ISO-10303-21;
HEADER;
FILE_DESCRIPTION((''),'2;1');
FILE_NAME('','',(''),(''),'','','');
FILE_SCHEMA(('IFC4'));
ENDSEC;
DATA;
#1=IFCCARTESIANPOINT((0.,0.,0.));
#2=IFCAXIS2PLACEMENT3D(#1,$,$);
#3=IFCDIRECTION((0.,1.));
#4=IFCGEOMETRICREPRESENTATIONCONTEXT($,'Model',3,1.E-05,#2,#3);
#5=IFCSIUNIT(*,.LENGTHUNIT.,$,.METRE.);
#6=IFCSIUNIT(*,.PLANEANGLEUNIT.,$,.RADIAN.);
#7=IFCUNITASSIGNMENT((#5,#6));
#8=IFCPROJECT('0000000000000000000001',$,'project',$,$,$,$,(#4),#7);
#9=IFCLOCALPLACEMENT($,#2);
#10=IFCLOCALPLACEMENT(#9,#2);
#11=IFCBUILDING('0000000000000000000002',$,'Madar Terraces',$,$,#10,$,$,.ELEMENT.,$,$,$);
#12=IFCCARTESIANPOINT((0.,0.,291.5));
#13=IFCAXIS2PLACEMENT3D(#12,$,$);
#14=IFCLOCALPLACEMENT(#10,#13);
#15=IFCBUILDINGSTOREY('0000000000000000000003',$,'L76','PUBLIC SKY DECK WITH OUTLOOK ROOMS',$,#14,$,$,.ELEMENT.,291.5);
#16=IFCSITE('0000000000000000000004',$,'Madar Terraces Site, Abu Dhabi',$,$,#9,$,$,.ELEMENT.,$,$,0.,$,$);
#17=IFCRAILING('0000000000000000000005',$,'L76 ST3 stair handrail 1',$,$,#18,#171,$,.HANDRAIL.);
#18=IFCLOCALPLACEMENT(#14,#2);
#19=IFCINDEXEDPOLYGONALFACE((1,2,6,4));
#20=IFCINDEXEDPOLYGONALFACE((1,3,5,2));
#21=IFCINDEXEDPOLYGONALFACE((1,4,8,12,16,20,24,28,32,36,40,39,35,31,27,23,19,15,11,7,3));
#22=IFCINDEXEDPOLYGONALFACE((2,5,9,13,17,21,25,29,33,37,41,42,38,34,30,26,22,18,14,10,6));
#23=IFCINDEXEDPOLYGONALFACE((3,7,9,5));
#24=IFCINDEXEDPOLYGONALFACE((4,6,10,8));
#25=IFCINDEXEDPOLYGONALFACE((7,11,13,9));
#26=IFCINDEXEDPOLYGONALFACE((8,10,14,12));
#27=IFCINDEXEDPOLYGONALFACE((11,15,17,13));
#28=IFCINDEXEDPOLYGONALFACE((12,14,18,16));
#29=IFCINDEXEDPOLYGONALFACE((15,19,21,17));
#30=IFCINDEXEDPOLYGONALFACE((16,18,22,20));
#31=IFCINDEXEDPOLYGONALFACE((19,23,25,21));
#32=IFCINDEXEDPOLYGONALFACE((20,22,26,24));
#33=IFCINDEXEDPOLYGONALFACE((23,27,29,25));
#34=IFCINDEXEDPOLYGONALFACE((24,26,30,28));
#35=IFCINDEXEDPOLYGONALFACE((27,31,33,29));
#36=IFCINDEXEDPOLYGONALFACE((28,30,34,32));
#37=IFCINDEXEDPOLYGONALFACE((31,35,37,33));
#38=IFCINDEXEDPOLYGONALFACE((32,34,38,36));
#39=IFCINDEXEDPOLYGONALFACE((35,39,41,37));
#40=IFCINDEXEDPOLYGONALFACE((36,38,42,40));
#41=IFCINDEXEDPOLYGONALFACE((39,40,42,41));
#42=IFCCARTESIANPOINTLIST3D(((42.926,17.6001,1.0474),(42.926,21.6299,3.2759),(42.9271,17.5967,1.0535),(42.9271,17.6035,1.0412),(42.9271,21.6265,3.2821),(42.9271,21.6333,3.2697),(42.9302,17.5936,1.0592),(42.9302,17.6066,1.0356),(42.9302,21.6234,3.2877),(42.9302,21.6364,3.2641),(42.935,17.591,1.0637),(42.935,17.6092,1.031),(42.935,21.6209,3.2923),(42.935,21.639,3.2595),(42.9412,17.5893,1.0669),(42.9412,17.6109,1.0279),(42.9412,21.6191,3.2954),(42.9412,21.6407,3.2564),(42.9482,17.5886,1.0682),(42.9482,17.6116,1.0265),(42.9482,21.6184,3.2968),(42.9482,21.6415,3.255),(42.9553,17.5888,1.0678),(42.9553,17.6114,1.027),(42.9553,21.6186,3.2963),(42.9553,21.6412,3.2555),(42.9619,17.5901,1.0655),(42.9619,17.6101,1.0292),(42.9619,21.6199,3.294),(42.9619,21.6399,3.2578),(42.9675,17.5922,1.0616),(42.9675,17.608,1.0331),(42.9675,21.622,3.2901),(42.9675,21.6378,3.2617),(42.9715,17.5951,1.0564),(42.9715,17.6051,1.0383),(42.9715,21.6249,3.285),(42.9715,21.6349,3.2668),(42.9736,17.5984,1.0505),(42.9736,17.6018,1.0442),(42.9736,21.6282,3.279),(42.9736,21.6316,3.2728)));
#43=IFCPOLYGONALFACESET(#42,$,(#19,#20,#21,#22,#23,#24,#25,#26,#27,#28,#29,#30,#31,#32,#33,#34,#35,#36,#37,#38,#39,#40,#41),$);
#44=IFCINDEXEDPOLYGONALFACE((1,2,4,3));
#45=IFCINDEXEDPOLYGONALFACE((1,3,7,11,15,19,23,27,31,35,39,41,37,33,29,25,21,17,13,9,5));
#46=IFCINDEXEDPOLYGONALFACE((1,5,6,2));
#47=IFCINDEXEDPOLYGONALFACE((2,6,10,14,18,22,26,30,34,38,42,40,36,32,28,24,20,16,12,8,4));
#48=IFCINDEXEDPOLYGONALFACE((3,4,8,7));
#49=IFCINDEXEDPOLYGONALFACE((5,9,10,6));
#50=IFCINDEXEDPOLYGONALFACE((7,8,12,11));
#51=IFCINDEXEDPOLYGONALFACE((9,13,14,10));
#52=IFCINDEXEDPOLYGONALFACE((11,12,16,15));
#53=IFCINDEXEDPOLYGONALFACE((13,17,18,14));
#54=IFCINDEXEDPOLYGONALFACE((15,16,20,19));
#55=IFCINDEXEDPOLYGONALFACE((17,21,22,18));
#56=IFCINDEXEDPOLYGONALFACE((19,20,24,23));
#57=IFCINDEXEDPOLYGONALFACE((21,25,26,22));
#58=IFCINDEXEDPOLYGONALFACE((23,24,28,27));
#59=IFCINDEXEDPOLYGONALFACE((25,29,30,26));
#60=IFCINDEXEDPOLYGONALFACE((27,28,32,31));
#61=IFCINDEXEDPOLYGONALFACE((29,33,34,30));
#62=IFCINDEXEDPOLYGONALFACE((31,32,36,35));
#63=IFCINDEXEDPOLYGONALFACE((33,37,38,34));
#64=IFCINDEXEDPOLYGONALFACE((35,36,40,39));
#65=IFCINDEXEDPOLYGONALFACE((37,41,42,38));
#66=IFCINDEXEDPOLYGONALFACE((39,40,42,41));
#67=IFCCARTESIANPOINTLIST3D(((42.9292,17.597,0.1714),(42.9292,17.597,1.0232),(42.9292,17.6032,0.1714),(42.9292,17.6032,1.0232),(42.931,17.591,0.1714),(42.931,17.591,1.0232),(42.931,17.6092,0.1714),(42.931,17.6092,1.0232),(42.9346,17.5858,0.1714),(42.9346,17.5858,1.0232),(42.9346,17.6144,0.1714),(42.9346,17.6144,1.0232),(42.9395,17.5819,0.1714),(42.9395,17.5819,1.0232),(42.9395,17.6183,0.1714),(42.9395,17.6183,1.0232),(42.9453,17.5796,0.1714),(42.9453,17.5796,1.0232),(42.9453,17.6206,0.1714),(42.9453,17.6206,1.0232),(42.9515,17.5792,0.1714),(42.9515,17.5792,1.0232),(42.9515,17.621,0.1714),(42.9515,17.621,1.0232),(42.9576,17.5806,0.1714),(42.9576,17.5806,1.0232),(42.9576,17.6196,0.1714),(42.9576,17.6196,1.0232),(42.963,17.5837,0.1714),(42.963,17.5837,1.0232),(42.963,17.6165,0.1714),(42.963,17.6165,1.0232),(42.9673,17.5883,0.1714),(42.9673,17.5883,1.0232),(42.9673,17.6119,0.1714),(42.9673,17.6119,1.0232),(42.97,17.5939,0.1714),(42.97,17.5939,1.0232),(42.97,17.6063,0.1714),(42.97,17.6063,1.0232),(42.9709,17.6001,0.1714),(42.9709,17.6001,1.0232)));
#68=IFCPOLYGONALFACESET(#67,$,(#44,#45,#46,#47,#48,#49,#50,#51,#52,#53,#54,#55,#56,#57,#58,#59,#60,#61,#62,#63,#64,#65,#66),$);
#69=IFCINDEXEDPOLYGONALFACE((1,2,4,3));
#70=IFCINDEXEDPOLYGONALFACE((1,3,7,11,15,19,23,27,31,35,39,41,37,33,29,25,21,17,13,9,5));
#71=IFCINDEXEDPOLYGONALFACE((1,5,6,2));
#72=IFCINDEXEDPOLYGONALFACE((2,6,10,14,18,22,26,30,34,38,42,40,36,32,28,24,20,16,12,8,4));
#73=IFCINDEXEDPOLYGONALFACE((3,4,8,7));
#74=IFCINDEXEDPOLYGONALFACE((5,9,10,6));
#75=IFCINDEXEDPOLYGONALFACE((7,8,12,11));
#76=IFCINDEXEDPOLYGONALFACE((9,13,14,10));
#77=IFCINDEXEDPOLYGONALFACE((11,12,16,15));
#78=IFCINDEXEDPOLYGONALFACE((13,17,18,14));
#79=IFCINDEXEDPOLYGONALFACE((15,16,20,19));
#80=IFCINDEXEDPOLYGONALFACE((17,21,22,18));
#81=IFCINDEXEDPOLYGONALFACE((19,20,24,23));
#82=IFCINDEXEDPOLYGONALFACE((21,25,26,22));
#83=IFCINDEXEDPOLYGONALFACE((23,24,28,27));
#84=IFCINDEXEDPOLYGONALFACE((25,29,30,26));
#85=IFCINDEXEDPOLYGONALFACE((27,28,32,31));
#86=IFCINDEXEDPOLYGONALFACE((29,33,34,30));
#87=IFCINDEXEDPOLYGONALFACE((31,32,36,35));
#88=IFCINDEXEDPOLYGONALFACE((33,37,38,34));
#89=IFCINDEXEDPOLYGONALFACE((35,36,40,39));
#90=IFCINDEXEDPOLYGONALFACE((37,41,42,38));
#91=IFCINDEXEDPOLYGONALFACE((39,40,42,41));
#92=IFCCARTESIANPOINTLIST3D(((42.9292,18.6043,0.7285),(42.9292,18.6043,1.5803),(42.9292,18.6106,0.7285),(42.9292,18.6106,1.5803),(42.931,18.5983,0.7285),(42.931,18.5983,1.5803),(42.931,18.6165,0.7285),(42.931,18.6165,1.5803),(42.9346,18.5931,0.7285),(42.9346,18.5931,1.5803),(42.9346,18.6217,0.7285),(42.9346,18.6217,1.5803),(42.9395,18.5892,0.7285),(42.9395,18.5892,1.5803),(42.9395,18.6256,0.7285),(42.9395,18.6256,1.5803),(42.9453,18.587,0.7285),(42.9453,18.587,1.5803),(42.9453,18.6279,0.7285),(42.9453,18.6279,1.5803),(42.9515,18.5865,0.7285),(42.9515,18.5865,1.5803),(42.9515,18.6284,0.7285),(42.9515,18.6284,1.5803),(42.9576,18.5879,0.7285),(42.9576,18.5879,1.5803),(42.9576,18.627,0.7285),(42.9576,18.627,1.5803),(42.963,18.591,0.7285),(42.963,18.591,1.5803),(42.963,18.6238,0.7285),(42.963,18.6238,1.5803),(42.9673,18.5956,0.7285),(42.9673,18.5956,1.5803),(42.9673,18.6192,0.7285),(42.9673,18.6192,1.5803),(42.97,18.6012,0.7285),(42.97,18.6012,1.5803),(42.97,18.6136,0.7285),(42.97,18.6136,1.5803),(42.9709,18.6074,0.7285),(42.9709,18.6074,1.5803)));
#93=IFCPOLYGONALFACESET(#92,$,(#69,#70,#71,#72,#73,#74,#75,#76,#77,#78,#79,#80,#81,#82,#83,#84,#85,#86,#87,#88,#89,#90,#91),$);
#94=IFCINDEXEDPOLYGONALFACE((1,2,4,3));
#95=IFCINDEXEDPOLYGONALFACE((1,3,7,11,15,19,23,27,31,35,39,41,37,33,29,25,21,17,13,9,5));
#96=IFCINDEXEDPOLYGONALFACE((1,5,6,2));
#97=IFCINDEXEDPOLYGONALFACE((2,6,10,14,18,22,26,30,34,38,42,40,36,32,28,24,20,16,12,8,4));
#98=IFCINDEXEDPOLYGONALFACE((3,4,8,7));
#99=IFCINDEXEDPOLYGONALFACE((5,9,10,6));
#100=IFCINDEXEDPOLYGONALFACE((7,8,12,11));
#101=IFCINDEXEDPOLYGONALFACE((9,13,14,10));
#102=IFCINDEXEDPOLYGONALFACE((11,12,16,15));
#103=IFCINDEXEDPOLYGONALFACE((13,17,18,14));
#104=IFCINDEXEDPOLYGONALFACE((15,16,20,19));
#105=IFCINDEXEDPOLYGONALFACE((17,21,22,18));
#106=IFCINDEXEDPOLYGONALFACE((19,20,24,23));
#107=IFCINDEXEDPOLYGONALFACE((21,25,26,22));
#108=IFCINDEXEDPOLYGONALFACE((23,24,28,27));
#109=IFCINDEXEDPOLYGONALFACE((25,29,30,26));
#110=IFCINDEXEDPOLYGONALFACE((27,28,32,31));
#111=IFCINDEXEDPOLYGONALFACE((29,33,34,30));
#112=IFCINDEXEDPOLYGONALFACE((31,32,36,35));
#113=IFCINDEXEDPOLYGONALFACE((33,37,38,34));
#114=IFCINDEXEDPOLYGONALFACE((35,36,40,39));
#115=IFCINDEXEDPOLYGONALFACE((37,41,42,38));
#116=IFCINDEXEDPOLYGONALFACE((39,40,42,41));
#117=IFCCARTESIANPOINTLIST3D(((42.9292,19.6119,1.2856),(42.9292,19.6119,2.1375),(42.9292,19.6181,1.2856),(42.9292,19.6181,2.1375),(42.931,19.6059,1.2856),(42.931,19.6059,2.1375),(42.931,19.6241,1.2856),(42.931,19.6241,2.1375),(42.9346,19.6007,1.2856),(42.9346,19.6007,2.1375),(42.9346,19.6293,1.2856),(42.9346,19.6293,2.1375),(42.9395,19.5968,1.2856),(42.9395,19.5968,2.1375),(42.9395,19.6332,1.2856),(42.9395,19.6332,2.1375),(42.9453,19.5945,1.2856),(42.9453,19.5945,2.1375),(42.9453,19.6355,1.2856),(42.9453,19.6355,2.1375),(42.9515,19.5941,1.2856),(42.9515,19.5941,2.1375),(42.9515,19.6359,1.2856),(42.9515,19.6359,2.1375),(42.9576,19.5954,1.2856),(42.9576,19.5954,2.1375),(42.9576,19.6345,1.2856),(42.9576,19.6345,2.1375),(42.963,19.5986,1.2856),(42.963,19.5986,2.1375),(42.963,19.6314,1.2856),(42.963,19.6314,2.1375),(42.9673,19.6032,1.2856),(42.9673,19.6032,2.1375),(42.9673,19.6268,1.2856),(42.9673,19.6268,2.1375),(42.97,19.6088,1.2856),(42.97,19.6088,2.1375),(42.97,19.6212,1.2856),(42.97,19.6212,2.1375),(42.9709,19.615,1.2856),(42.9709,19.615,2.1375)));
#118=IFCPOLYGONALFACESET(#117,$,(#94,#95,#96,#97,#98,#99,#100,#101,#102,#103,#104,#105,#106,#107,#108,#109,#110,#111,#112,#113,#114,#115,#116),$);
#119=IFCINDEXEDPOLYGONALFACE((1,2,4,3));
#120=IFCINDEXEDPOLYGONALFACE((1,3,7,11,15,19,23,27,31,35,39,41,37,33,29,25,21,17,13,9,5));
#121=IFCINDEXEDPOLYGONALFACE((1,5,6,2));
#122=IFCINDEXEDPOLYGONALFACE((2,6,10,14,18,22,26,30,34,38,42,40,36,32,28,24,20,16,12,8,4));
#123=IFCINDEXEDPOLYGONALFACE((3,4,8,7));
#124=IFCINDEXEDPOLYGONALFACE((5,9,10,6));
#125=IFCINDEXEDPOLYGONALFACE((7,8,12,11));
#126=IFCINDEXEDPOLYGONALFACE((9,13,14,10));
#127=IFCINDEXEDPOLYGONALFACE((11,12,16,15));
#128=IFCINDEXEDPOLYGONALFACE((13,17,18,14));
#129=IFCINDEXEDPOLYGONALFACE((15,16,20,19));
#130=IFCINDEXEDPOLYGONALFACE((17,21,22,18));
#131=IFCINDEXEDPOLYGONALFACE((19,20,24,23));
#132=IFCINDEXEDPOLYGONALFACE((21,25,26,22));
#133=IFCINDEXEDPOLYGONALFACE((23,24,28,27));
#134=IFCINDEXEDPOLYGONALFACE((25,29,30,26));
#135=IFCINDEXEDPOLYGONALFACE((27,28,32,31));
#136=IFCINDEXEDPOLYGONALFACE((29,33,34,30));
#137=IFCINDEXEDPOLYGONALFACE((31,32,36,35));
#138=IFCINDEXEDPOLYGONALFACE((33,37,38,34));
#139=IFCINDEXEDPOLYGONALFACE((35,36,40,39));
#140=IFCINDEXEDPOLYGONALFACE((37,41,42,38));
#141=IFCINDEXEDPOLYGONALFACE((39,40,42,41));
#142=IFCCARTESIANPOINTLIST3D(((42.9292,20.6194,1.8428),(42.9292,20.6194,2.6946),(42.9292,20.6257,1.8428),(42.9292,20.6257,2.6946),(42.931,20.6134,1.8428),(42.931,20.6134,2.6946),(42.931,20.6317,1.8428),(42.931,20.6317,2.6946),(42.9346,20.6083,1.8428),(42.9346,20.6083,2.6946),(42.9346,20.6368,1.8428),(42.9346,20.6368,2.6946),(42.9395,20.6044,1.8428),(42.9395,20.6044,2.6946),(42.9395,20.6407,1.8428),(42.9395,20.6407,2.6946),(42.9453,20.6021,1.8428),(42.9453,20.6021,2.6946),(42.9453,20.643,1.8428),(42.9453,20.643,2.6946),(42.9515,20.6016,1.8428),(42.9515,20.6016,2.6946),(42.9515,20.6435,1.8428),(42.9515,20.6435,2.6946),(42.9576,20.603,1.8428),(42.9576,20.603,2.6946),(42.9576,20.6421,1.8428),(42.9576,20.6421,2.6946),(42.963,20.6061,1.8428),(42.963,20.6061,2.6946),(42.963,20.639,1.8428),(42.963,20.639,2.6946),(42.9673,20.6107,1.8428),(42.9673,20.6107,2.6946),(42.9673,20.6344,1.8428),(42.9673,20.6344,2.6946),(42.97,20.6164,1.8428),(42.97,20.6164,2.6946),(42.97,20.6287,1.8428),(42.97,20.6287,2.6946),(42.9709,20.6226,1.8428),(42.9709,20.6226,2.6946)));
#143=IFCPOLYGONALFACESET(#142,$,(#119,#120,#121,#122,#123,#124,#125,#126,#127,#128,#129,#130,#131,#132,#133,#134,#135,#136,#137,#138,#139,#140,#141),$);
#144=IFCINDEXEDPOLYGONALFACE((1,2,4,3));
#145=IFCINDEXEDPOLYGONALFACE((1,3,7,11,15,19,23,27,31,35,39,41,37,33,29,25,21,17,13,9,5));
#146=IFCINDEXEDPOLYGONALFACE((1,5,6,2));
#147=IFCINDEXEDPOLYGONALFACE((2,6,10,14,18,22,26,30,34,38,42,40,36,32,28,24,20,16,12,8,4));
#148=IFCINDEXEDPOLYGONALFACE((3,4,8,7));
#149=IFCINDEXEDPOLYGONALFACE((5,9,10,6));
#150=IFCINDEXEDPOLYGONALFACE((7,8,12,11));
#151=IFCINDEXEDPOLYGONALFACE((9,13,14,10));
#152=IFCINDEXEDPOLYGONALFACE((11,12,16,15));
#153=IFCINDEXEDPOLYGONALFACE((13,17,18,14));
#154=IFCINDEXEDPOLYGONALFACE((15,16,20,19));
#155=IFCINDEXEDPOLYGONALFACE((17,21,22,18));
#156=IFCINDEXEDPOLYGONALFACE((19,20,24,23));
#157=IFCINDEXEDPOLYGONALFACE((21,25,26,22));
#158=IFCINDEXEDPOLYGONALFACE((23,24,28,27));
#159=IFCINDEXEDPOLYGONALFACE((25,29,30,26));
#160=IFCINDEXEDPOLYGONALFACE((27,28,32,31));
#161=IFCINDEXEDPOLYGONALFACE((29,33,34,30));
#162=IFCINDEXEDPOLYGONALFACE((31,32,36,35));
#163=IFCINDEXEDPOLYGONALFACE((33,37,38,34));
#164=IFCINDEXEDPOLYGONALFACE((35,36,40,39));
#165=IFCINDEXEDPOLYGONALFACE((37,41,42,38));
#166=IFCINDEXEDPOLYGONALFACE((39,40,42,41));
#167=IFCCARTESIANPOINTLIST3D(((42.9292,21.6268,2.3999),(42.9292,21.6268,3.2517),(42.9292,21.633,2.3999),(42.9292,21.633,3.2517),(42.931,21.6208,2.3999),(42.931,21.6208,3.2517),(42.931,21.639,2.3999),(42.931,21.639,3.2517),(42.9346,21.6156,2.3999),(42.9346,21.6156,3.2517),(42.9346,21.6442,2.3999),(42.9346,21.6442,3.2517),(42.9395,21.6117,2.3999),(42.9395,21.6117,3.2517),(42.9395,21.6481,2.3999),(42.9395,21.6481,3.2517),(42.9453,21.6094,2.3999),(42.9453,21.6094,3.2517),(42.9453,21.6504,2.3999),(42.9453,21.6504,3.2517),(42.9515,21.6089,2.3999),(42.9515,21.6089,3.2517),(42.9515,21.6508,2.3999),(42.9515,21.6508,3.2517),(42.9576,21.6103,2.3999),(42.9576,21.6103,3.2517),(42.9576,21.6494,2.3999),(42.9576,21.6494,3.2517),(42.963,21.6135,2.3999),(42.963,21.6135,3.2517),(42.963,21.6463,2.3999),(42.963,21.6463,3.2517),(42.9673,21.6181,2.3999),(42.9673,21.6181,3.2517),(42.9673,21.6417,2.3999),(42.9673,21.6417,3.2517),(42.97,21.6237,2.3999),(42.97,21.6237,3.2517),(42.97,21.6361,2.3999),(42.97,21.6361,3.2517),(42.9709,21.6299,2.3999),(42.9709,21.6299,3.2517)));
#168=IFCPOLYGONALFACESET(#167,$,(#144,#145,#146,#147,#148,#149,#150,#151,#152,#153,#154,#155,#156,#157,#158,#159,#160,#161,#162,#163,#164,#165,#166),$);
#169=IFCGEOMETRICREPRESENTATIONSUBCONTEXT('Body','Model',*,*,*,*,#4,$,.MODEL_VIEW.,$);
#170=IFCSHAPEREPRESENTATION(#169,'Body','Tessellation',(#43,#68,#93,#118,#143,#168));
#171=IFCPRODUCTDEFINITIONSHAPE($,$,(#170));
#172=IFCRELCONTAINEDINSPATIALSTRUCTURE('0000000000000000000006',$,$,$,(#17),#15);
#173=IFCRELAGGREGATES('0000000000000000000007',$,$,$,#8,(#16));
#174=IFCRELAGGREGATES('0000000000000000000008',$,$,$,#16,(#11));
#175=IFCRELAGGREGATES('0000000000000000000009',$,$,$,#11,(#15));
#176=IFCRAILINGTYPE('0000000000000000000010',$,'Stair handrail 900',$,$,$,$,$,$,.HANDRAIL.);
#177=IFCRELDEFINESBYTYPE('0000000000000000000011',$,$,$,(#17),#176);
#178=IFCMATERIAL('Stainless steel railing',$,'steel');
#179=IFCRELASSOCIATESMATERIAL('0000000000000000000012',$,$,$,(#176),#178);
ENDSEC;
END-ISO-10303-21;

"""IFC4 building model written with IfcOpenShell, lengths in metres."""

from ifc_helpers import new_model, si_unit, direction, frame, origin, origin_2d, place, context, subcontext, project, spatial, circle, extrude, material, type_object, element, save


model = new_model("IFC4")

# Units and contexts
model_context = context("Model", 3, precision=1e-05, world=origin(), true_north=direction((0.0, 1.0)))
body_context = subcontext(model_context, "Body", "Model", "MODEL_VIEW")
ifc_project = project(units=[si_unit("LENGTHUNIT", "METRE"), si_unit("PLANEANGLEUNIT", "RADIAN")], contexts=[model_context])

# Site, building, storey
site_placement = place(None, origin())
site = spatial("IfcSite", under=ifc_project, at=site_placement, Name="Madar Terraces Site, Abu Dhabi", CompositionType="ELEMENT", RefElevation=0.0)
building_placement = place(site_placement, origin())
building = spatial("IfcBuilding", under=site, at=building_placement, Name="Madar Terraces", CompositionType="ELEMENT")
storey_placement = place(building_placement, frame((0.0, 0.0, 291.5)))
storey = spatial("IfcBuildingStorey", under=building, at=storey_placement, Name="L76", Description="PUBLIC SKY DECK WITH OUTLOOK ROOMS", CompositionType="ELEMENT", Elevation=291.5)

# Railing
ifc_material_1 = material(Name="Stainless steel railing", Category="steel")
railing_type_1 = type_object("IfcRailingType", Name="Stair handrail 900", PredefinedType="HANDRAIL", material=ifc_material_1)
railing_1_placement = place(storey_placement, frame((42.95, 17.6001, 0.1714)))
element("IfcRailing", 1, at=railing_1_placement, inside=storey, type_object=railing_type_1, Name="L76 ST3 stair handrail 1", PredefinedType="HANDRAIL", context=body_context, shape_type="SweptSolid", body=[
    extrude(circle(Radius=0.0239, at=origin_2d()), frame((0.0, 0.0, 0.876), z_axis=(0.0, 0.875101, 0.48394), x_axis=(-1.0, 0.0, 0.0)), (0.0, 0.0, 1.0), 4.605),
    extrude(circle(Radius=0.021, at=origin_2d()), origin(), (0.0, 0.0, 1.0), 0.8518),
    extrude(circle(Radius=0.021, at=origin_2d()), frame((0.0, 1.0073, 0.5571)), (0.0, 0.0, 1.0), 0.8518),
    extrude(circle(Radius=0.021, at=origin_2d()), frame((0.0, 2.0149, 1.1143)), (0.0, 0.0, 1.0), 0.8518),
    extrude(circle(Radius=0.021, at=origin_2d()), frame((0.0, 3.0225, 1.6714)), (0.0, 0.0, 1.0), 0.8518),
    extrude(circle(Radius=0.021, at=origin_2d()), frame((0.0, 4.0298, 2.2285)), (0.0, 0.0, 1.0), 0.8518),
])

save(model, "model.ifc")
